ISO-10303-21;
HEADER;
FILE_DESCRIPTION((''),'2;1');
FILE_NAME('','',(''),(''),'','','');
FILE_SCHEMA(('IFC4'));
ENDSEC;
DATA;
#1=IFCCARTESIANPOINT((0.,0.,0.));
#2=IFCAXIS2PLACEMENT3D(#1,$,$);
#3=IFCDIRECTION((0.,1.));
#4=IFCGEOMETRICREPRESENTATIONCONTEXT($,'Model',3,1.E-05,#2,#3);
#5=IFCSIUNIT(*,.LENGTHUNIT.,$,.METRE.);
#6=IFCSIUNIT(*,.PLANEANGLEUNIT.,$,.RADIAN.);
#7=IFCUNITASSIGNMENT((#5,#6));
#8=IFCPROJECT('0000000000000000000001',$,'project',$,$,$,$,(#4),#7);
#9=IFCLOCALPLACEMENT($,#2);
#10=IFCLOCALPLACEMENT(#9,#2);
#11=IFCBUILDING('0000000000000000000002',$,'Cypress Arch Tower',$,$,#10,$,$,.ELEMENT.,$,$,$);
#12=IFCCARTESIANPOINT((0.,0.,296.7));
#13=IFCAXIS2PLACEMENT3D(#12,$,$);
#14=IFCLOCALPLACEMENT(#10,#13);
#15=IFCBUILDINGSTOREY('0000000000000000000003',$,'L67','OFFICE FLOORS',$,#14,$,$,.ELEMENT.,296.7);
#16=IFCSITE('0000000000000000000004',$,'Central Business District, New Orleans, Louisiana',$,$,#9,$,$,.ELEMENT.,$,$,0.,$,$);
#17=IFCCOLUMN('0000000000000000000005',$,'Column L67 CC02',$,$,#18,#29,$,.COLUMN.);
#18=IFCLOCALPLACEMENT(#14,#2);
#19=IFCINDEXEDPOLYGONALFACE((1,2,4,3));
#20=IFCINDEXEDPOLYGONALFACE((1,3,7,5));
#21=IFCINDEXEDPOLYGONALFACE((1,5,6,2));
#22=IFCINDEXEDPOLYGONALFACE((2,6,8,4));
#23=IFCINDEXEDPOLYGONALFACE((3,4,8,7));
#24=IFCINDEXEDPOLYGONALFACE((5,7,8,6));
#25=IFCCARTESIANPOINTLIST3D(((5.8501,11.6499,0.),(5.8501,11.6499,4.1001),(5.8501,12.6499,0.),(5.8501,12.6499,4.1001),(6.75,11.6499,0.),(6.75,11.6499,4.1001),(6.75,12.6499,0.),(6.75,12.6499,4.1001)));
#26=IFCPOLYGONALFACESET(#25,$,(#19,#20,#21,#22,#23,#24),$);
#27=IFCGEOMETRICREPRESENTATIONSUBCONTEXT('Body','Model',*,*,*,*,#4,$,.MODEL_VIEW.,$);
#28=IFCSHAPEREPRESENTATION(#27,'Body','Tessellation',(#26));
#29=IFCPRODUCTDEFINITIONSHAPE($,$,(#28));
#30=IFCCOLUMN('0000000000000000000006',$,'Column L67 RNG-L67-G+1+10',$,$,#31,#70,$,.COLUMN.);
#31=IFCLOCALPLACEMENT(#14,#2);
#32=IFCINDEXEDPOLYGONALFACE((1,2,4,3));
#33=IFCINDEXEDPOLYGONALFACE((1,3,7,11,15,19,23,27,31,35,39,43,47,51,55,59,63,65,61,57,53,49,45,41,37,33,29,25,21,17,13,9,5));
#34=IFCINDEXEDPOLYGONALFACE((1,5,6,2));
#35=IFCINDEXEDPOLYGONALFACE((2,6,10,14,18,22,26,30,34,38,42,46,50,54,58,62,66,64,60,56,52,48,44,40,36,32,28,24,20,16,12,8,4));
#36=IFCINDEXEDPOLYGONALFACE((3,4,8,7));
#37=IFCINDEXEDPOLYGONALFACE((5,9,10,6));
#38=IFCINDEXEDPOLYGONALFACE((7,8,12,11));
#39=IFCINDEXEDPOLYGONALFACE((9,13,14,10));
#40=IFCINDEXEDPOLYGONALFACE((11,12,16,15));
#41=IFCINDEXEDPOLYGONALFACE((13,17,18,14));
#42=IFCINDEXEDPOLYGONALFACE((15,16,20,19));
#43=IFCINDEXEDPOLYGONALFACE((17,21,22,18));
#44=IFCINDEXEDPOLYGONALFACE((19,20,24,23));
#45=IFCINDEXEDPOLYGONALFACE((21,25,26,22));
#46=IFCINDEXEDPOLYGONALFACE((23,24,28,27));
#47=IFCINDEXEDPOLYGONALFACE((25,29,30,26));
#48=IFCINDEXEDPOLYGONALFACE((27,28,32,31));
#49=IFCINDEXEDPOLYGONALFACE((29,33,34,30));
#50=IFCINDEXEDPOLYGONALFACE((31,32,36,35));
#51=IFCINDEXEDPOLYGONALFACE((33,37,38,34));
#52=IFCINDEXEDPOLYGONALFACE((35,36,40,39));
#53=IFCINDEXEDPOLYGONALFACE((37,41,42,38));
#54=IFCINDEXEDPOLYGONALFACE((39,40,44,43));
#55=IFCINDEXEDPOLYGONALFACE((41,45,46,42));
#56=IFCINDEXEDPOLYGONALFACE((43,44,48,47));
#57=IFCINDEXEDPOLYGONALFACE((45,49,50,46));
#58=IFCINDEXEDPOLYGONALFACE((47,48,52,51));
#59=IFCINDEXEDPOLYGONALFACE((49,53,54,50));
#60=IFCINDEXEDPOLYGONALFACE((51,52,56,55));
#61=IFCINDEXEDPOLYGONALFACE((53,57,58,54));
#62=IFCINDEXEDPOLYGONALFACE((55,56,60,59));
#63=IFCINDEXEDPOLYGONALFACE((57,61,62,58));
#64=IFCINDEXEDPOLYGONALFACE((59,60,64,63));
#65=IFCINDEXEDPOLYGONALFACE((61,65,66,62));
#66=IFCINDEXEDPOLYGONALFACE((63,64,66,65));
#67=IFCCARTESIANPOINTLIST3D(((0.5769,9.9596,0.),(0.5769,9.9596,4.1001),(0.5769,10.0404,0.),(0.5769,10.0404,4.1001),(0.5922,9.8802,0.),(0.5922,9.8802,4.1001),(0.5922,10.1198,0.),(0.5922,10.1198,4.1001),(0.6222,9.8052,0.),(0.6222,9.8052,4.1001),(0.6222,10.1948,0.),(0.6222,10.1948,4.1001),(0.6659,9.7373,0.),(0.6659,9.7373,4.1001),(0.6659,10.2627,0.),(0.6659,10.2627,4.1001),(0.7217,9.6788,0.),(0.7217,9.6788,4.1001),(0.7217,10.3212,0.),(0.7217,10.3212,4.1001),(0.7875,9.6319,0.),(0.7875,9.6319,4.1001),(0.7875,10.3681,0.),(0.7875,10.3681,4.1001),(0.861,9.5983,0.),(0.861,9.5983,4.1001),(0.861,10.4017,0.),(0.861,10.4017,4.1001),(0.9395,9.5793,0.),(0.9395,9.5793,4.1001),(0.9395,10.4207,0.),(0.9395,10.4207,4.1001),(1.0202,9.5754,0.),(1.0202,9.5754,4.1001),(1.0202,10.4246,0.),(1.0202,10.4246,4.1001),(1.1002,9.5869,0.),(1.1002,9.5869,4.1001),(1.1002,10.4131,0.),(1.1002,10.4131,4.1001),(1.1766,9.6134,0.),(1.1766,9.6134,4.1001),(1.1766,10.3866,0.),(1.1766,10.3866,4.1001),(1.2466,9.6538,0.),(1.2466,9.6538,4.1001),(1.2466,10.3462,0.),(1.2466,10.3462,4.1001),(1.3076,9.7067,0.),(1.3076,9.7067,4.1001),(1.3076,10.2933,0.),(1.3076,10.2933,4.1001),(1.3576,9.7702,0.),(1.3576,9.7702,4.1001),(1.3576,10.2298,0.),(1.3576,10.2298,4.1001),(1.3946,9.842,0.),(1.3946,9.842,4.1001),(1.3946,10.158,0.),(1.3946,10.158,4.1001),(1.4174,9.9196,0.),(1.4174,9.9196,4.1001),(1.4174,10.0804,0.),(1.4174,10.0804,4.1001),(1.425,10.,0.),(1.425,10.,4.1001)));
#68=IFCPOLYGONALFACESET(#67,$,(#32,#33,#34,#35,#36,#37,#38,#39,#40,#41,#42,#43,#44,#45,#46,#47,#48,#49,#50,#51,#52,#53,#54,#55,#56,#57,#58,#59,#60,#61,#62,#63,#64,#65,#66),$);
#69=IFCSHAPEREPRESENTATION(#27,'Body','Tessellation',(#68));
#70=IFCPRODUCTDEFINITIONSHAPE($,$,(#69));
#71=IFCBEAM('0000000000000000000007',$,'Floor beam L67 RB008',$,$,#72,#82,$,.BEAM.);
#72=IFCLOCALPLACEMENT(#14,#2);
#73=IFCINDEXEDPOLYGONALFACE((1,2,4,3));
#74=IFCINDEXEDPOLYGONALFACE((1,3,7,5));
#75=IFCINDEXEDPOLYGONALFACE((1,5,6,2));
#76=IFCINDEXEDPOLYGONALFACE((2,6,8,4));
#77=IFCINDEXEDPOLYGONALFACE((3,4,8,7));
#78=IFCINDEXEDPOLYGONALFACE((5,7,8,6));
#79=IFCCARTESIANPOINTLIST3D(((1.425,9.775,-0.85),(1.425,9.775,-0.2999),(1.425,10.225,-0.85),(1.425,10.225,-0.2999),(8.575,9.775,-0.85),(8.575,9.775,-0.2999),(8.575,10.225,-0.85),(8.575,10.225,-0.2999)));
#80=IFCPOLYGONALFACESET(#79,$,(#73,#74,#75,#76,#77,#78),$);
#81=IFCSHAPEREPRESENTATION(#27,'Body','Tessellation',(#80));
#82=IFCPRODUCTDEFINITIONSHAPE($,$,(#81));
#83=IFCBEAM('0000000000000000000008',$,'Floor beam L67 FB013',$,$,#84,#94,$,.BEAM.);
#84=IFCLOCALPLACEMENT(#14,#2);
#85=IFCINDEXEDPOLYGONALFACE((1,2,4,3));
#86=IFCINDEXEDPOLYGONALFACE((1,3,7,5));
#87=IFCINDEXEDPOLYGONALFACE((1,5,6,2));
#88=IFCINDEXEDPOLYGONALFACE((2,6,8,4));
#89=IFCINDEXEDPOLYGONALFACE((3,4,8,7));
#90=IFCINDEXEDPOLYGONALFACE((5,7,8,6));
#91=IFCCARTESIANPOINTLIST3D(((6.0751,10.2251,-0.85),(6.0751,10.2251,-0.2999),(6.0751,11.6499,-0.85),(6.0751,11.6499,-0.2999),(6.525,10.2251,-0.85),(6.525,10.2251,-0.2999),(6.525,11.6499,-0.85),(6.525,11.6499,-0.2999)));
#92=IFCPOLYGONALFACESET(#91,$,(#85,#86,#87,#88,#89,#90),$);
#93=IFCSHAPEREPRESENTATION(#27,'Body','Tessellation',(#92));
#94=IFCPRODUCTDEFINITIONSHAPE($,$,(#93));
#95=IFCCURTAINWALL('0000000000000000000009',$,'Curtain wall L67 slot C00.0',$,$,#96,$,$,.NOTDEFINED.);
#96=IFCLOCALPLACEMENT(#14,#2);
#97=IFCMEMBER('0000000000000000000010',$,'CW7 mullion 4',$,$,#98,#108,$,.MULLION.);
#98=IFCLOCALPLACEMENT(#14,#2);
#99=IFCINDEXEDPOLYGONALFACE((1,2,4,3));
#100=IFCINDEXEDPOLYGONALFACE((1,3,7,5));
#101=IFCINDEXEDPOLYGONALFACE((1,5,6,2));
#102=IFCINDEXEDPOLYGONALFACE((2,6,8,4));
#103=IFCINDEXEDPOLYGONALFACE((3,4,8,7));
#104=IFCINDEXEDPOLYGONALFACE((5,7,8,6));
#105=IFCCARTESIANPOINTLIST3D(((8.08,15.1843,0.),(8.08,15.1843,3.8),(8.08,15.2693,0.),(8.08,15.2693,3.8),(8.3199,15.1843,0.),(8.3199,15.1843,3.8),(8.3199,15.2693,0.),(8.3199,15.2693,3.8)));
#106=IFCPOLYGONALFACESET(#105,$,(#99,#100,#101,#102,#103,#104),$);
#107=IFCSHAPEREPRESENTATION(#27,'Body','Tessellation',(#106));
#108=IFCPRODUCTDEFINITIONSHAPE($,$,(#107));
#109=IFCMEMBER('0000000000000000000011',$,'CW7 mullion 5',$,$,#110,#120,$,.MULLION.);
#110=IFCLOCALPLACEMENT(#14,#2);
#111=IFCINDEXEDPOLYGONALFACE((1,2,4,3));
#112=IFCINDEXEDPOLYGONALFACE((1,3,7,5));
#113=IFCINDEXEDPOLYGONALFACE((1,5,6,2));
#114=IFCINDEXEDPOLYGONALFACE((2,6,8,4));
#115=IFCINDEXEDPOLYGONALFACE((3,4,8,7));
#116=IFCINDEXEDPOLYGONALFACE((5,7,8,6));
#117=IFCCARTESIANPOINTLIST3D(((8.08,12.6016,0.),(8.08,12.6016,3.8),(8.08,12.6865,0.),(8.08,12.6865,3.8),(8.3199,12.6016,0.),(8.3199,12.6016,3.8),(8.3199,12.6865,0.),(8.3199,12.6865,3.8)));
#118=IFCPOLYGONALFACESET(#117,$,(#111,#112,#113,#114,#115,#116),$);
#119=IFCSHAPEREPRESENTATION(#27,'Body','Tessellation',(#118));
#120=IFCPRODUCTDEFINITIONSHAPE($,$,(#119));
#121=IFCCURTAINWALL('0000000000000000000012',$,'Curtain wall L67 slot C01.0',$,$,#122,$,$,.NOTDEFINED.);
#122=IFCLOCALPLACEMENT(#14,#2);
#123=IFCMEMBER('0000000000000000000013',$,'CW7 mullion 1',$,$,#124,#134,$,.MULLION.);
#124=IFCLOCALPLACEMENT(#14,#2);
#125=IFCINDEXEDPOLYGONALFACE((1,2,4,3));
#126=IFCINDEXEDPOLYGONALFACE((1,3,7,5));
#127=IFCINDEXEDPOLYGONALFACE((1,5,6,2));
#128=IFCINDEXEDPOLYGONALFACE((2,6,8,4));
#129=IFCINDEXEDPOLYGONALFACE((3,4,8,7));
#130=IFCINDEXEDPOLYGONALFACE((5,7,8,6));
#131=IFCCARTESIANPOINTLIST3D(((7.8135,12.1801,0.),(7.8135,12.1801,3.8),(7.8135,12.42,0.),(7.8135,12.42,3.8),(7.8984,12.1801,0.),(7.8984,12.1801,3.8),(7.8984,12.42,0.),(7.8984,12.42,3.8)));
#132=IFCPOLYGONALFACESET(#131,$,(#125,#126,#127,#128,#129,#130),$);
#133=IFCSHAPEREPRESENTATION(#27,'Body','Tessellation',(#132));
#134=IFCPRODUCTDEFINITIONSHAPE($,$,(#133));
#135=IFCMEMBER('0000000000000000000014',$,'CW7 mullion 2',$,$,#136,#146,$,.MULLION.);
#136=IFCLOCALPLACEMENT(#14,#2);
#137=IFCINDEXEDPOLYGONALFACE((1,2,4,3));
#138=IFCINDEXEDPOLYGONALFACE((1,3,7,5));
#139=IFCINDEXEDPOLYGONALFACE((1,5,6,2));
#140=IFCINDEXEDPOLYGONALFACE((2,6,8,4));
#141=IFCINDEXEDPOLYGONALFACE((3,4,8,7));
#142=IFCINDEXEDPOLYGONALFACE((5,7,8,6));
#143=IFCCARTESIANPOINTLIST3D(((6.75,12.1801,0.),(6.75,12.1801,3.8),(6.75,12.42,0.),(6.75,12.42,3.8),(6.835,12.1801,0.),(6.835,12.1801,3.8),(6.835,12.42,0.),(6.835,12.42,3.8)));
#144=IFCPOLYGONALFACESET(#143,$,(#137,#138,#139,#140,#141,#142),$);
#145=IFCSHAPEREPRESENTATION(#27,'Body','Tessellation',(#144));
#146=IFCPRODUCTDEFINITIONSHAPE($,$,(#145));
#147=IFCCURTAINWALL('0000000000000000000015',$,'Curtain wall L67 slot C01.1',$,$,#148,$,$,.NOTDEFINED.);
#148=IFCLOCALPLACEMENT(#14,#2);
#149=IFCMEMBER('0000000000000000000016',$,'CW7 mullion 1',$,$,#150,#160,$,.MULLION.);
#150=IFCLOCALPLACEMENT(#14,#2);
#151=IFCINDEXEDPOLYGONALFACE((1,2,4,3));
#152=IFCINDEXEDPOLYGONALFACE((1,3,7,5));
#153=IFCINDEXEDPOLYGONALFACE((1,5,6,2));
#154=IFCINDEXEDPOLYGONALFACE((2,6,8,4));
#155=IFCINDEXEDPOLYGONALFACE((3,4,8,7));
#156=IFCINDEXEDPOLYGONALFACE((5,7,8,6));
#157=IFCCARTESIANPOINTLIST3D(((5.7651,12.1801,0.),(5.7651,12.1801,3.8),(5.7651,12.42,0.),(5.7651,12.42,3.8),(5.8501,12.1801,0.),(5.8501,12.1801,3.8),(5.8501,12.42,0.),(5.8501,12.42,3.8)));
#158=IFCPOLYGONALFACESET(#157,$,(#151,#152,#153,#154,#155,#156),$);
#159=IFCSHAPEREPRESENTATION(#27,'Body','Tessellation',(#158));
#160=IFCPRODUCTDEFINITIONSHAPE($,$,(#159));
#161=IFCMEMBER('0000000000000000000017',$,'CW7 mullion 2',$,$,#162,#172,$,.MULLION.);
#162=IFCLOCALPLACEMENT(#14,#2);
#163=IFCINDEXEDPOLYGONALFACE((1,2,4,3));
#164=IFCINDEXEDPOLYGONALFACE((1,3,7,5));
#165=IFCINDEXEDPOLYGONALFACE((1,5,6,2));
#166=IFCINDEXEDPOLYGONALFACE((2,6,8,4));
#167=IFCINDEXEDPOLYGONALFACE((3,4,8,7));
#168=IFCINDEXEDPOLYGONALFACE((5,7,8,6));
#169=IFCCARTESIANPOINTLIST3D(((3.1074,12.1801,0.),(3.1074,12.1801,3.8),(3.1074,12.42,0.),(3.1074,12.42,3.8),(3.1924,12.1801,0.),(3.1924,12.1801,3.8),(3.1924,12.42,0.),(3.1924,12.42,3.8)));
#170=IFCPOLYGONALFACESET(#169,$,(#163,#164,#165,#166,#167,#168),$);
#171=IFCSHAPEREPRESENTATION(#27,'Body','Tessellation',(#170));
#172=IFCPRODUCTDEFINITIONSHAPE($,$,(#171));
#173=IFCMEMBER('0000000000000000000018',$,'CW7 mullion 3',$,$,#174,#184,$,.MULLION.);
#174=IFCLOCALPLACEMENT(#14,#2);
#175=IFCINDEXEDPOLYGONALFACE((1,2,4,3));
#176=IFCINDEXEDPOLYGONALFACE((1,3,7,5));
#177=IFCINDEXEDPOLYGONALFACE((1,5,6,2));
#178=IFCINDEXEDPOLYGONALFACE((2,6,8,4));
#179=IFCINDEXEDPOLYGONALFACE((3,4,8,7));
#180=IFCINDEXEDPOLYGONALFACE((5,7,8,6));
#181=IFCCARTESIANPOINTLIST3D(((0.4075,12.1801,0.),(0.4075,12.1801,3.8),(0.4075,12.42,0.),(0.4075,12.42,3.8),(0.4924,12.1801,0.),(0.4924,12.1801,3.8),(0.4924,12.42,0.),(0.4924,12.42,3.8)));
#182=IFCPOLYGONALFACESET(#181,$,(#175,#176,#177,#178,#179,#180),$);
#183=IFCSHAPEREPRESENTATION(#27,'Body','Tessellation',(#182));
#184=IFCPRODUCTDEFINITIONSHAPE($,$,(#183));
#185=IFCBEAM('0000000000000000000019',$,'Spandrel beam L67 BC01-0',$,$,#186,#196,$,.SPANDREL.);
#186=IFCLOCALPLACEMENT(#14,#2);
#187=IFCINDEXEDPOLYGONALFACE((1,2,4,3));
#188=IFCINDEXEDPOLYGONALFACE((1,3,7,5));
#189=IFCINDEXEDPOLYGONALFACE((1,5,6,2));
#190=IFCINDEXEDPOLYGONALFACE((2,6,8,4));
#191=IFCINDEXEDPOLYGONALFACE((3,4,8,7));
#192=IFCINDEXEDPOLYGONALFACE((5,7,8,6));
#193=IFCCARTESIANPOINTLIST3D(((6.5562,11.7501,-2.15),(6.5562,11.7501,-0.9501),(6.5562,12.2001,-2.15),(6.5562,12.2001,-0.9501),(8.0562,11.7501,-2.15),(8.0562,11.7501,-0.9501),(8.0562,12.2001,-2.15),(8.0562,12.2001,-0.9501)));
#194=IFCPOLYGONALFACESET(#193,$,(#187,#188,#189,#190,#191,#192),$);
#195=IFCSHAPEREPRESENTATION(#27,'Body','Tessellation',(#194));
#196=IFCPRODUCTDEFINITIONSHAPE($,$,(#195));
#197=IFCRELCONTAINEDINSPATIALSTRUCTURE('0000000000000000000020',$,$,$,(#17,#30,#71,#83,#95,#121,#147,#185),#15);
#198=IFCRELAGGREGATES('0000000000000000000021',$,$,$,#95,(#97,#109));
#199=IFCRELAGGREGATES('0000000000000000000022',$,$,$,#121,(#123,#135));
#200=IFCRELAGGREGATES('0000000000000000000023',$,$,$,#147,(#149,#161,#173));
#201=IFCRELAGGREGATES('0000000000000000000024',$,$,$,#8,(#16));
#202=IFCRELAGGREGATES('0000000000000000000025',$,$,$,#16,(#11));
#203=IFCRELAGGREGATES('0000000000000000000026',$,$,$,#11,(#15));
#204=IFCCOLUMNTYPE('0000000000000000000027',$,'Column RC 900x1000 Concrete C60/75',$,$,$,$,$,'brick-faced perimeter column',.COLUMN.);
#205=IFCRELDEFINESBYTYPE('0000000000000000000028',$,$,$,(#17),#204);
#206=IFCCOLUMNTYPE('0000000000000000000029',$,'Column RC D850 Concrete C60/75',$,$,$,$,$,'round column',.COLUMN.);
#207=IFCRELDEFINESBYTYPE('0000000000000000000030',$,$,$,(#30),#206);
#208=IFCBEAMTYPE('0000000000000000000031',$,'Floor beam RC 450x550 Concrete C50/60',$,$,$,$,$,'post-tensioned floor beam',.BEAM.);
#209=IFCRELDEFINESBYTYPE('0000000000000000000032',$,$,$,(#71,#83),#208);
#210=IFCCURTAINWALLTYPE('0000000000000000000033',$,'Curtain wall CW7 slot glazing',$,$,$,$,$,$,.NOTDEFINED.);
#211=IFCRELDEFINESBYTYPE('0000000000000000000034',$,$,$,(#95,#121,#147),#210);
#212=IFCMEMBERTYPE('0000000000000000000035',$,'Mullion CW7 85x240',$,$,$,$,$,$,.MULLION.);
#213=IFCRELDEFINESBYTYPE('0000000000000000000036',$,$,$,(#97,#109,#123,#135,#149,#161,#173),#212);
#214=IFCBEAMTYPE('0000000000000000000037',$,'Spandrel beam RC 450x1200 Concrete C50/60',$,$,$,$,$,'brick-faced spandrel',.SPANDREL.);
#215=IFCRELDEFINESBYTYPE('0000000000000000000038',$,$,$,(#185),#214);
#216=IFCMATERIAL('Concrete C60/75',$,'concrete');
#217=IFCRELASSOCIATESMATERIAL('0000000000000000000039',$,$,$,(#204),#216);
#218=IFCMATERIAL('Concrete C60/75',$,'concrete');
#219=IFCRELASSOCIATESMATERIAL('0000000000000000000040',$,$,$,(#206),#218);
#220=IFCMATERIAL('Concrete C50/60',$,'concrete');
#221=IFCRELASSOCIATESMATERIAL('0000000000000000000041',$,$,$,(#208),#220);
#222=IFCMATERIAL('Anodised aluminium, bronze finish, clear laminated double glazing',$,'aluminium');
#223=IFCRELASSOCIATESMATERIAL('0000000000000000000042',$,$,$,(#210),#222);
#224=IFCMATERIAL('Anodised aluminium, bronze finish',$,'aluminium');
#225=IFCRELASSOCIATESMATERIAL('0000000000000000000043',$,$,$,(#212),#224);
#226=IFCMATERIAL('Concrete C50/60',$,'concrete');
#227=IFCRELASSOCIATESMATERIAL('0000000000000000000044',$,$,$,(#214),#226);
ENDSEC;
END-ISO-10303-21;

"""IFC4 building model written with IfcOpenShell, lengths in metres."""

from ifc_helpers import new_model, si_unit, direction, frame, origin, origin_2d, place, context, subcontext, project, spatial, rectangle, circle, extrude, material, material_profile, profile_set, type_object, element, aggregate, save


model = new_model("IFC4")

# Units and contexts
model_context = context("Model", 3, precision=1e-05, world=origin(), true_north=direction((0.0, 1.0)))
body_context = subcontext(model_context, "Body", "Model", "MODEL_VIEW")
ifc_project = project(units=[si_unit("LENGTHUNIT", "METRE"), si_unit("PLANEANGLEUNIT", "RADIAN")], contexts=[model_context])

# Site, building, storey
site_placement = place(None, origin())
site = spatial("IfcSite", under=ifc_project, at=site_placement, Name="Central Business District, New Orleans, Louisiana", CompositionType="ELEMENT", RefElevation=0.0)
building_placement = place(site_placement, origin())
building = spatial("IfcBuilding", under=site, at=building_placement, Name="Cypress Arch Tower", CompositionType="ELEMENT")
storey_placement = place(building_placement, frame((0.0, 0.0, 296.7)))
storey = spatial("IfcBuildingStorey", under=building, at=storey_placement, Name="L67", Description="OFFICE FLOORS", CompositionType="ELEMENT", Elevation=296.7)

# Columns
ifc_material_1 = material(Name="Concrete C60/75", Category="concrete")
ifc_material_profile_1 = material_profile(ifc_material_1, rectangle(XDim=0.8999, YDim=1.0, at=origin_2d()), Name="RC 900x1000")
ifc_profile_set_1 = profile_set([ifc_material_profile_1], Name="Concrete C60/75")
column_type_1 = type_object("IfcColumnType", Name="Column RC 900x1000 Concrete C60/75", ElementType="brick-faced perimeter column", PredefinedType="COLUMN", material=ifc_profile_set_1)
column_1_placement = place(storey_placement, frame((6.3, 12.1499, 0.0), z_axis=(0.0, 0.0, 1.0), x_axis=(-1.0, 0.0, 0.0)))
element("IfcColumn", 1, at=column_1_placement, inside=storey, type_object=column_type_1, Name="Column L67 CC02", PredefinedType="COLUMN", context=body_context, shape_type="SweptSolid", body=[
    extrude(rectangle(XDim=0.8999, YDim=1.0, at=origin_2d()), origin(), (0.0, 0.0, 1.0), 4.1001),
])
ifc_material_2 = material(Name="Concrete C60/75", Category="concrete")
ifc_material_profile_2 = material_profile(ifc_material_2, circle(Radius=0.425, at=origin_2d()), Name="RC D850")
ifc_profile_set_2 = profile_set([ifc_material_profile_2], Name="Concrete C60/75")
column_type_2 = type_object("IfcColumnType", Name="Column RC D850 Concrete C60/75", ElementType="round column", PredefinedType="COLUMN", material=ifc_profile_set_2)
column_2_placement = place(storey_placement, frame((1.0, 10.0, 0.0), z_axis=(0.0, 0.0, 1.0), x_axis=(1.0, 0.0, 0.0)))
element("IfcColumn", 2, at=column_2_placement, inside=storey, type_object=column_type_2, Name="Column L67 RNG-L67-G+1+10", PredefinedType="COLUMN", context=body_context, shape_type="SweptSolid", body=[
    extrude(circle(Radius=0.425, at=origin_2d()), origin(), (0.0, 0.0, 1.0), 4.1001),
])

# Beams
ifc_material_3 = material(Name="Concrete C50/60", Category="concrete")
ifc_material_profile_3 = material_profile(ifc_material_3, rectangle(XDim=0.45, YDim=0.55, at=origin_2d()), Name="RC 450x550")
ifc_profile_set_3 = profile_set([ifc_material_profile_3], Name="Concrete C50/60")
beam_type_1 = type_object("IfcBeamType", Name="Floor beam RC 450x550 Concrete C50/60", ElementType="post-tensioned floor beam", PredefinedType="BEAM", material=ifc_profile_set_3)
beam_1_placement = place(storey_placement, frame((1.425, 10.0, -0.575), z_axis=(1.0, 0.0, 0.0), x_axis=(0.0, 1.0, 0.0)))
element("IfcBeam", 3, at=beam_1_placement, inside=storey, type_object=beam_type_1, Name="Floor beam L67 RB008", PredefinedType="BEAM", context=body_context, shape_type="SweptSolid", body=[
    extrude(rectangle(XDim=0.45, YDim=0.55, at=origin_2d()), origin(), (0.0, 0.0, 1.0), 7.1499),
])
beam_2_placement = place(storey_placement, frame((6.3, 10.2251, -0.575), z_axis=(0.0, 1.0, 0.0), x_axis=(-1.0, 0.0, 0.0)))
element("IfcBeam", 4, at=beam_2_placement, inside=storey, type_object=beam_type_1, Name="Floor beam L67 FB013", PredefinedType="BEAM", context=body_context, shape_type="SweptSolid", body=[
    extrude(rectangle(XDim=0.45, YDim=0.55, at=origin_2d()), origin(), (0.0, 0.0, 1.0), 1.4248),
])

# Curtain walls, members
ifc_material_4 = material(Name="Anodised aluminium, bronze finish, clear laminated double glazing", Category="aluminium")
curtain_wall_type = type_object("IfcCurtainWallType", Name="Curtain wall CW7 slot glazing", PredefinedType="NOTDEFINED", material=ifc_material_4)
curtain_wall_1_placement = place(storey_placement, origin())
curtain_wall_1 = element("IfcCurtainWall", 5, at=curtain_wall_1_placement, inside=storey, type_object=curtain_wall_type, Name="Curtain wall L67 slot C00.0", PredefinedType="NOTDEFINED")
ifc_material_5 = material(Name="Anodised aluminium, bronze finish", Category="aluminium")
ifc_material_profile_4 = material_profile(ifc_material_5, rectangle(XDim=0.24, YDim=0.085, at=origin_2d()), Name="Mullion 85x240")
ifc_profile_set_4 = profile_set([ifc_material_profile_4], Name="Anodised aluminium, bronze finish")
member_type_1 = type_object("IfcMemberType", Name="Mullion CW7 85x240", PredefinedType="MULLION", material=ifc_profile_set_4)
member_1_placement = place(storey_placement, frame((8.2, 15.2268, 0.0), z_axis=(0.0, 0.0, 1.0), x_axis=(1.0, 0.0, 0.0)))
member_1 = element("IfcMember", 6, at=member_1_placement, type_object=member_type_1, Name="CW7 mullion 4", PredefinedType="MULLION", context=body_context, shape_type="SweptSolid", body=[
    extrude(rectangle(XDim=0.24, YDim=0.085, at=origin_2d()), origin(), (0.0, 0.0, 1.0), 3.8),
])
member_2_placement = place(storey_placement, frame((8.2, 12.644, 0.0), z_axis=(0.0, 0.0, 1.0), x_axis=(1.0, 0.0, 0.0)))
member_2 = element("IfcMember", 7, at=member_2_placement, type_object=member_type_1, Name="CW7 mullion 5", PredefinedType="MULLION", context=body_context, shape_type="SweptSolid", body=[
    extrude(rectangle(XDim=0.24, YDim=0.085, at=origin_2d()), origin(), (0.0, 0.0, 1.0), 3.8),
])
curtain_wall_2_placement = place(storey_placement, origin())
curtain_wall_2 = element("IfcCurtainWall", 8, at=curtain_wall_2_placement, inside=storey, type_object=curtain_wall_type, Name="Curtain wall L67 slot C01.0", PredefinedType="NOTDEFINED")
member_3_placement = place(storey_placement, frame((7.856, 12.3, 0.0), z_axis=(0.0, 0.0, 1.0), x_axis=(0.0, -1.0, 0.0)))
member_3 = element("IfcMember", 9, at=member_3_placement, type_object=member_type_1, Name="CW7 mullion 1", PredefinedType="MULLION", context=body_context, shape_type="SweptSolid", body=[
    extrude(rectangle(XDim=0.24, YDim=0.085, at=origin_2d()), origin(), (0.0, 0.0, 1.0), 3.8),
])
member_4_placement = place(storey_placement, frame((6.7925, 12.3, 0.0), z_axis=(0.0, 0.0, 1.0), x_axis=(0.0, -1.0, 0.0)))
member_4 = element("IfcMember", 10, at=member_4_placement, type_object=member_type_1, Name="CW7 mullion 2", PredefinedType="MULLION", context=body_context, shape_type="SweptSolid", body=[
    extrude(rectangle(XDim=0.24, YDim=0.085, at=origin_2d()), origin(), (0.0, 0.0, 1.0), 3.8),
])
curtain_wall_3_placement = place(storey_placement, origin())
curtain_wall_3 = element("IfcCurtainWall", 11, at=curtain_wall_3_placement, inside=storey, type_object=curtain_wall_type, Name="Curtain wall L67 slot C01.1", PredefinedType="NOTDEFINED")
member_5_placement = place(storey_placement, frame((5.8076, 12.3, 0.0), z_axis=(0.0, 0.0, 1.0), x_axis=(0.0, -1.0, 0.0)))
member_5 = element("IfcMember", 12, at=member_5_placement, type_object=member_type_1, Name="CW7 mullion 1", PredefinedType="MULLION", context=body_context, shape_type="SweptSolid", body=[
    extrude(rectangle(XDim=0.24, YDim=0.085, at=origin_2d()), origin(), (0.0, 0.0, 1.0), 3.8),
])
member_6_placement = place(storey_placement, frame((3.1499, 12.3, 0.0), z_axis=(0.0, 0.0, 1.0), x_axis=(0.0, -1.0, 0.0)))
member_6 = element("IfcMember", 13, at=member_6_placement, type_object=member_type_1, Name="CW7 mullion 2", PredefinedType="MULLION", context=body_context, shape_type="SweptSolid", body=[
    extrude(rectangle(XDim=0.24, YDim=0.085, at=origin_2d()), origin(), (0.0, 0.0, 1.0), 3.8),
])
member_7_placement = place(storey_placement, frame((0.45, 12.3, 0.0), z_axis=(0.0, 0.0, 1.0), x_axis=(0.0, -1.0, 0.0)))
member_7 = element("IfcMember", 14, at=member_7_placement, type_object=member_type_1, Name="CW7 mullion 3", PredefinedType="MULLION", context=body_context, shape_type="SweptSolid", body=[
    extrude(rectangle(XDim=0.24, YDim=0.085, at=origin_2d()), origin(), (0.0, 0.0, 1.0), 3.8),
])

# Beam
ifc_material_6 = material(Name="Concrete C50/60", Category="concrete")
ifc_material_profile_5 = material_profile(ifc_material_6, rectangle(XDim=0.45, YDim=1.2, at=origin_2d()), Name="RC 450x1200")
ifc_profile_set_5 = profile_set([ifc_material_profile_5], Name="Concrete C50/60")
beam_type_2 = type_object("IfcBeamType", Name="Spandrel beam RC 450x1200 Concrete C50/60", ElementType="brick-faced spandrel", PredefinedType="SPANDREL", material=ifc_profile_set_5)
beam_3_placement = place(storey_placement, frame((8.0562, 11.9751, -1.55), z_axis=(-1.0, 0.0, 0.0), x_axis=(0.0, -1.0, 0.0)))
element("IfcBeam", 15, at=beam_3_placement, inside=storey, type_object=beam_type_2, Name="Spandrel beam L67 BC01-0", PredefinedType="SPANDREL", context=body_context, shape_type="SweptSolid", body=[
    extrude(rectangle(XDim=0.45, YDim=1.2, at=origin_2d()), origin(), (0.0, 0.0, 1.0), 1.5),
])

aggregate(curtain_wall_1, [member_1, member_2])
aggregate(curtain_wall_2, [member_3, member_4])
aggregate(curtain_wall_3, [member_5, member_6, member_7])

save(model, "model.ifc")
